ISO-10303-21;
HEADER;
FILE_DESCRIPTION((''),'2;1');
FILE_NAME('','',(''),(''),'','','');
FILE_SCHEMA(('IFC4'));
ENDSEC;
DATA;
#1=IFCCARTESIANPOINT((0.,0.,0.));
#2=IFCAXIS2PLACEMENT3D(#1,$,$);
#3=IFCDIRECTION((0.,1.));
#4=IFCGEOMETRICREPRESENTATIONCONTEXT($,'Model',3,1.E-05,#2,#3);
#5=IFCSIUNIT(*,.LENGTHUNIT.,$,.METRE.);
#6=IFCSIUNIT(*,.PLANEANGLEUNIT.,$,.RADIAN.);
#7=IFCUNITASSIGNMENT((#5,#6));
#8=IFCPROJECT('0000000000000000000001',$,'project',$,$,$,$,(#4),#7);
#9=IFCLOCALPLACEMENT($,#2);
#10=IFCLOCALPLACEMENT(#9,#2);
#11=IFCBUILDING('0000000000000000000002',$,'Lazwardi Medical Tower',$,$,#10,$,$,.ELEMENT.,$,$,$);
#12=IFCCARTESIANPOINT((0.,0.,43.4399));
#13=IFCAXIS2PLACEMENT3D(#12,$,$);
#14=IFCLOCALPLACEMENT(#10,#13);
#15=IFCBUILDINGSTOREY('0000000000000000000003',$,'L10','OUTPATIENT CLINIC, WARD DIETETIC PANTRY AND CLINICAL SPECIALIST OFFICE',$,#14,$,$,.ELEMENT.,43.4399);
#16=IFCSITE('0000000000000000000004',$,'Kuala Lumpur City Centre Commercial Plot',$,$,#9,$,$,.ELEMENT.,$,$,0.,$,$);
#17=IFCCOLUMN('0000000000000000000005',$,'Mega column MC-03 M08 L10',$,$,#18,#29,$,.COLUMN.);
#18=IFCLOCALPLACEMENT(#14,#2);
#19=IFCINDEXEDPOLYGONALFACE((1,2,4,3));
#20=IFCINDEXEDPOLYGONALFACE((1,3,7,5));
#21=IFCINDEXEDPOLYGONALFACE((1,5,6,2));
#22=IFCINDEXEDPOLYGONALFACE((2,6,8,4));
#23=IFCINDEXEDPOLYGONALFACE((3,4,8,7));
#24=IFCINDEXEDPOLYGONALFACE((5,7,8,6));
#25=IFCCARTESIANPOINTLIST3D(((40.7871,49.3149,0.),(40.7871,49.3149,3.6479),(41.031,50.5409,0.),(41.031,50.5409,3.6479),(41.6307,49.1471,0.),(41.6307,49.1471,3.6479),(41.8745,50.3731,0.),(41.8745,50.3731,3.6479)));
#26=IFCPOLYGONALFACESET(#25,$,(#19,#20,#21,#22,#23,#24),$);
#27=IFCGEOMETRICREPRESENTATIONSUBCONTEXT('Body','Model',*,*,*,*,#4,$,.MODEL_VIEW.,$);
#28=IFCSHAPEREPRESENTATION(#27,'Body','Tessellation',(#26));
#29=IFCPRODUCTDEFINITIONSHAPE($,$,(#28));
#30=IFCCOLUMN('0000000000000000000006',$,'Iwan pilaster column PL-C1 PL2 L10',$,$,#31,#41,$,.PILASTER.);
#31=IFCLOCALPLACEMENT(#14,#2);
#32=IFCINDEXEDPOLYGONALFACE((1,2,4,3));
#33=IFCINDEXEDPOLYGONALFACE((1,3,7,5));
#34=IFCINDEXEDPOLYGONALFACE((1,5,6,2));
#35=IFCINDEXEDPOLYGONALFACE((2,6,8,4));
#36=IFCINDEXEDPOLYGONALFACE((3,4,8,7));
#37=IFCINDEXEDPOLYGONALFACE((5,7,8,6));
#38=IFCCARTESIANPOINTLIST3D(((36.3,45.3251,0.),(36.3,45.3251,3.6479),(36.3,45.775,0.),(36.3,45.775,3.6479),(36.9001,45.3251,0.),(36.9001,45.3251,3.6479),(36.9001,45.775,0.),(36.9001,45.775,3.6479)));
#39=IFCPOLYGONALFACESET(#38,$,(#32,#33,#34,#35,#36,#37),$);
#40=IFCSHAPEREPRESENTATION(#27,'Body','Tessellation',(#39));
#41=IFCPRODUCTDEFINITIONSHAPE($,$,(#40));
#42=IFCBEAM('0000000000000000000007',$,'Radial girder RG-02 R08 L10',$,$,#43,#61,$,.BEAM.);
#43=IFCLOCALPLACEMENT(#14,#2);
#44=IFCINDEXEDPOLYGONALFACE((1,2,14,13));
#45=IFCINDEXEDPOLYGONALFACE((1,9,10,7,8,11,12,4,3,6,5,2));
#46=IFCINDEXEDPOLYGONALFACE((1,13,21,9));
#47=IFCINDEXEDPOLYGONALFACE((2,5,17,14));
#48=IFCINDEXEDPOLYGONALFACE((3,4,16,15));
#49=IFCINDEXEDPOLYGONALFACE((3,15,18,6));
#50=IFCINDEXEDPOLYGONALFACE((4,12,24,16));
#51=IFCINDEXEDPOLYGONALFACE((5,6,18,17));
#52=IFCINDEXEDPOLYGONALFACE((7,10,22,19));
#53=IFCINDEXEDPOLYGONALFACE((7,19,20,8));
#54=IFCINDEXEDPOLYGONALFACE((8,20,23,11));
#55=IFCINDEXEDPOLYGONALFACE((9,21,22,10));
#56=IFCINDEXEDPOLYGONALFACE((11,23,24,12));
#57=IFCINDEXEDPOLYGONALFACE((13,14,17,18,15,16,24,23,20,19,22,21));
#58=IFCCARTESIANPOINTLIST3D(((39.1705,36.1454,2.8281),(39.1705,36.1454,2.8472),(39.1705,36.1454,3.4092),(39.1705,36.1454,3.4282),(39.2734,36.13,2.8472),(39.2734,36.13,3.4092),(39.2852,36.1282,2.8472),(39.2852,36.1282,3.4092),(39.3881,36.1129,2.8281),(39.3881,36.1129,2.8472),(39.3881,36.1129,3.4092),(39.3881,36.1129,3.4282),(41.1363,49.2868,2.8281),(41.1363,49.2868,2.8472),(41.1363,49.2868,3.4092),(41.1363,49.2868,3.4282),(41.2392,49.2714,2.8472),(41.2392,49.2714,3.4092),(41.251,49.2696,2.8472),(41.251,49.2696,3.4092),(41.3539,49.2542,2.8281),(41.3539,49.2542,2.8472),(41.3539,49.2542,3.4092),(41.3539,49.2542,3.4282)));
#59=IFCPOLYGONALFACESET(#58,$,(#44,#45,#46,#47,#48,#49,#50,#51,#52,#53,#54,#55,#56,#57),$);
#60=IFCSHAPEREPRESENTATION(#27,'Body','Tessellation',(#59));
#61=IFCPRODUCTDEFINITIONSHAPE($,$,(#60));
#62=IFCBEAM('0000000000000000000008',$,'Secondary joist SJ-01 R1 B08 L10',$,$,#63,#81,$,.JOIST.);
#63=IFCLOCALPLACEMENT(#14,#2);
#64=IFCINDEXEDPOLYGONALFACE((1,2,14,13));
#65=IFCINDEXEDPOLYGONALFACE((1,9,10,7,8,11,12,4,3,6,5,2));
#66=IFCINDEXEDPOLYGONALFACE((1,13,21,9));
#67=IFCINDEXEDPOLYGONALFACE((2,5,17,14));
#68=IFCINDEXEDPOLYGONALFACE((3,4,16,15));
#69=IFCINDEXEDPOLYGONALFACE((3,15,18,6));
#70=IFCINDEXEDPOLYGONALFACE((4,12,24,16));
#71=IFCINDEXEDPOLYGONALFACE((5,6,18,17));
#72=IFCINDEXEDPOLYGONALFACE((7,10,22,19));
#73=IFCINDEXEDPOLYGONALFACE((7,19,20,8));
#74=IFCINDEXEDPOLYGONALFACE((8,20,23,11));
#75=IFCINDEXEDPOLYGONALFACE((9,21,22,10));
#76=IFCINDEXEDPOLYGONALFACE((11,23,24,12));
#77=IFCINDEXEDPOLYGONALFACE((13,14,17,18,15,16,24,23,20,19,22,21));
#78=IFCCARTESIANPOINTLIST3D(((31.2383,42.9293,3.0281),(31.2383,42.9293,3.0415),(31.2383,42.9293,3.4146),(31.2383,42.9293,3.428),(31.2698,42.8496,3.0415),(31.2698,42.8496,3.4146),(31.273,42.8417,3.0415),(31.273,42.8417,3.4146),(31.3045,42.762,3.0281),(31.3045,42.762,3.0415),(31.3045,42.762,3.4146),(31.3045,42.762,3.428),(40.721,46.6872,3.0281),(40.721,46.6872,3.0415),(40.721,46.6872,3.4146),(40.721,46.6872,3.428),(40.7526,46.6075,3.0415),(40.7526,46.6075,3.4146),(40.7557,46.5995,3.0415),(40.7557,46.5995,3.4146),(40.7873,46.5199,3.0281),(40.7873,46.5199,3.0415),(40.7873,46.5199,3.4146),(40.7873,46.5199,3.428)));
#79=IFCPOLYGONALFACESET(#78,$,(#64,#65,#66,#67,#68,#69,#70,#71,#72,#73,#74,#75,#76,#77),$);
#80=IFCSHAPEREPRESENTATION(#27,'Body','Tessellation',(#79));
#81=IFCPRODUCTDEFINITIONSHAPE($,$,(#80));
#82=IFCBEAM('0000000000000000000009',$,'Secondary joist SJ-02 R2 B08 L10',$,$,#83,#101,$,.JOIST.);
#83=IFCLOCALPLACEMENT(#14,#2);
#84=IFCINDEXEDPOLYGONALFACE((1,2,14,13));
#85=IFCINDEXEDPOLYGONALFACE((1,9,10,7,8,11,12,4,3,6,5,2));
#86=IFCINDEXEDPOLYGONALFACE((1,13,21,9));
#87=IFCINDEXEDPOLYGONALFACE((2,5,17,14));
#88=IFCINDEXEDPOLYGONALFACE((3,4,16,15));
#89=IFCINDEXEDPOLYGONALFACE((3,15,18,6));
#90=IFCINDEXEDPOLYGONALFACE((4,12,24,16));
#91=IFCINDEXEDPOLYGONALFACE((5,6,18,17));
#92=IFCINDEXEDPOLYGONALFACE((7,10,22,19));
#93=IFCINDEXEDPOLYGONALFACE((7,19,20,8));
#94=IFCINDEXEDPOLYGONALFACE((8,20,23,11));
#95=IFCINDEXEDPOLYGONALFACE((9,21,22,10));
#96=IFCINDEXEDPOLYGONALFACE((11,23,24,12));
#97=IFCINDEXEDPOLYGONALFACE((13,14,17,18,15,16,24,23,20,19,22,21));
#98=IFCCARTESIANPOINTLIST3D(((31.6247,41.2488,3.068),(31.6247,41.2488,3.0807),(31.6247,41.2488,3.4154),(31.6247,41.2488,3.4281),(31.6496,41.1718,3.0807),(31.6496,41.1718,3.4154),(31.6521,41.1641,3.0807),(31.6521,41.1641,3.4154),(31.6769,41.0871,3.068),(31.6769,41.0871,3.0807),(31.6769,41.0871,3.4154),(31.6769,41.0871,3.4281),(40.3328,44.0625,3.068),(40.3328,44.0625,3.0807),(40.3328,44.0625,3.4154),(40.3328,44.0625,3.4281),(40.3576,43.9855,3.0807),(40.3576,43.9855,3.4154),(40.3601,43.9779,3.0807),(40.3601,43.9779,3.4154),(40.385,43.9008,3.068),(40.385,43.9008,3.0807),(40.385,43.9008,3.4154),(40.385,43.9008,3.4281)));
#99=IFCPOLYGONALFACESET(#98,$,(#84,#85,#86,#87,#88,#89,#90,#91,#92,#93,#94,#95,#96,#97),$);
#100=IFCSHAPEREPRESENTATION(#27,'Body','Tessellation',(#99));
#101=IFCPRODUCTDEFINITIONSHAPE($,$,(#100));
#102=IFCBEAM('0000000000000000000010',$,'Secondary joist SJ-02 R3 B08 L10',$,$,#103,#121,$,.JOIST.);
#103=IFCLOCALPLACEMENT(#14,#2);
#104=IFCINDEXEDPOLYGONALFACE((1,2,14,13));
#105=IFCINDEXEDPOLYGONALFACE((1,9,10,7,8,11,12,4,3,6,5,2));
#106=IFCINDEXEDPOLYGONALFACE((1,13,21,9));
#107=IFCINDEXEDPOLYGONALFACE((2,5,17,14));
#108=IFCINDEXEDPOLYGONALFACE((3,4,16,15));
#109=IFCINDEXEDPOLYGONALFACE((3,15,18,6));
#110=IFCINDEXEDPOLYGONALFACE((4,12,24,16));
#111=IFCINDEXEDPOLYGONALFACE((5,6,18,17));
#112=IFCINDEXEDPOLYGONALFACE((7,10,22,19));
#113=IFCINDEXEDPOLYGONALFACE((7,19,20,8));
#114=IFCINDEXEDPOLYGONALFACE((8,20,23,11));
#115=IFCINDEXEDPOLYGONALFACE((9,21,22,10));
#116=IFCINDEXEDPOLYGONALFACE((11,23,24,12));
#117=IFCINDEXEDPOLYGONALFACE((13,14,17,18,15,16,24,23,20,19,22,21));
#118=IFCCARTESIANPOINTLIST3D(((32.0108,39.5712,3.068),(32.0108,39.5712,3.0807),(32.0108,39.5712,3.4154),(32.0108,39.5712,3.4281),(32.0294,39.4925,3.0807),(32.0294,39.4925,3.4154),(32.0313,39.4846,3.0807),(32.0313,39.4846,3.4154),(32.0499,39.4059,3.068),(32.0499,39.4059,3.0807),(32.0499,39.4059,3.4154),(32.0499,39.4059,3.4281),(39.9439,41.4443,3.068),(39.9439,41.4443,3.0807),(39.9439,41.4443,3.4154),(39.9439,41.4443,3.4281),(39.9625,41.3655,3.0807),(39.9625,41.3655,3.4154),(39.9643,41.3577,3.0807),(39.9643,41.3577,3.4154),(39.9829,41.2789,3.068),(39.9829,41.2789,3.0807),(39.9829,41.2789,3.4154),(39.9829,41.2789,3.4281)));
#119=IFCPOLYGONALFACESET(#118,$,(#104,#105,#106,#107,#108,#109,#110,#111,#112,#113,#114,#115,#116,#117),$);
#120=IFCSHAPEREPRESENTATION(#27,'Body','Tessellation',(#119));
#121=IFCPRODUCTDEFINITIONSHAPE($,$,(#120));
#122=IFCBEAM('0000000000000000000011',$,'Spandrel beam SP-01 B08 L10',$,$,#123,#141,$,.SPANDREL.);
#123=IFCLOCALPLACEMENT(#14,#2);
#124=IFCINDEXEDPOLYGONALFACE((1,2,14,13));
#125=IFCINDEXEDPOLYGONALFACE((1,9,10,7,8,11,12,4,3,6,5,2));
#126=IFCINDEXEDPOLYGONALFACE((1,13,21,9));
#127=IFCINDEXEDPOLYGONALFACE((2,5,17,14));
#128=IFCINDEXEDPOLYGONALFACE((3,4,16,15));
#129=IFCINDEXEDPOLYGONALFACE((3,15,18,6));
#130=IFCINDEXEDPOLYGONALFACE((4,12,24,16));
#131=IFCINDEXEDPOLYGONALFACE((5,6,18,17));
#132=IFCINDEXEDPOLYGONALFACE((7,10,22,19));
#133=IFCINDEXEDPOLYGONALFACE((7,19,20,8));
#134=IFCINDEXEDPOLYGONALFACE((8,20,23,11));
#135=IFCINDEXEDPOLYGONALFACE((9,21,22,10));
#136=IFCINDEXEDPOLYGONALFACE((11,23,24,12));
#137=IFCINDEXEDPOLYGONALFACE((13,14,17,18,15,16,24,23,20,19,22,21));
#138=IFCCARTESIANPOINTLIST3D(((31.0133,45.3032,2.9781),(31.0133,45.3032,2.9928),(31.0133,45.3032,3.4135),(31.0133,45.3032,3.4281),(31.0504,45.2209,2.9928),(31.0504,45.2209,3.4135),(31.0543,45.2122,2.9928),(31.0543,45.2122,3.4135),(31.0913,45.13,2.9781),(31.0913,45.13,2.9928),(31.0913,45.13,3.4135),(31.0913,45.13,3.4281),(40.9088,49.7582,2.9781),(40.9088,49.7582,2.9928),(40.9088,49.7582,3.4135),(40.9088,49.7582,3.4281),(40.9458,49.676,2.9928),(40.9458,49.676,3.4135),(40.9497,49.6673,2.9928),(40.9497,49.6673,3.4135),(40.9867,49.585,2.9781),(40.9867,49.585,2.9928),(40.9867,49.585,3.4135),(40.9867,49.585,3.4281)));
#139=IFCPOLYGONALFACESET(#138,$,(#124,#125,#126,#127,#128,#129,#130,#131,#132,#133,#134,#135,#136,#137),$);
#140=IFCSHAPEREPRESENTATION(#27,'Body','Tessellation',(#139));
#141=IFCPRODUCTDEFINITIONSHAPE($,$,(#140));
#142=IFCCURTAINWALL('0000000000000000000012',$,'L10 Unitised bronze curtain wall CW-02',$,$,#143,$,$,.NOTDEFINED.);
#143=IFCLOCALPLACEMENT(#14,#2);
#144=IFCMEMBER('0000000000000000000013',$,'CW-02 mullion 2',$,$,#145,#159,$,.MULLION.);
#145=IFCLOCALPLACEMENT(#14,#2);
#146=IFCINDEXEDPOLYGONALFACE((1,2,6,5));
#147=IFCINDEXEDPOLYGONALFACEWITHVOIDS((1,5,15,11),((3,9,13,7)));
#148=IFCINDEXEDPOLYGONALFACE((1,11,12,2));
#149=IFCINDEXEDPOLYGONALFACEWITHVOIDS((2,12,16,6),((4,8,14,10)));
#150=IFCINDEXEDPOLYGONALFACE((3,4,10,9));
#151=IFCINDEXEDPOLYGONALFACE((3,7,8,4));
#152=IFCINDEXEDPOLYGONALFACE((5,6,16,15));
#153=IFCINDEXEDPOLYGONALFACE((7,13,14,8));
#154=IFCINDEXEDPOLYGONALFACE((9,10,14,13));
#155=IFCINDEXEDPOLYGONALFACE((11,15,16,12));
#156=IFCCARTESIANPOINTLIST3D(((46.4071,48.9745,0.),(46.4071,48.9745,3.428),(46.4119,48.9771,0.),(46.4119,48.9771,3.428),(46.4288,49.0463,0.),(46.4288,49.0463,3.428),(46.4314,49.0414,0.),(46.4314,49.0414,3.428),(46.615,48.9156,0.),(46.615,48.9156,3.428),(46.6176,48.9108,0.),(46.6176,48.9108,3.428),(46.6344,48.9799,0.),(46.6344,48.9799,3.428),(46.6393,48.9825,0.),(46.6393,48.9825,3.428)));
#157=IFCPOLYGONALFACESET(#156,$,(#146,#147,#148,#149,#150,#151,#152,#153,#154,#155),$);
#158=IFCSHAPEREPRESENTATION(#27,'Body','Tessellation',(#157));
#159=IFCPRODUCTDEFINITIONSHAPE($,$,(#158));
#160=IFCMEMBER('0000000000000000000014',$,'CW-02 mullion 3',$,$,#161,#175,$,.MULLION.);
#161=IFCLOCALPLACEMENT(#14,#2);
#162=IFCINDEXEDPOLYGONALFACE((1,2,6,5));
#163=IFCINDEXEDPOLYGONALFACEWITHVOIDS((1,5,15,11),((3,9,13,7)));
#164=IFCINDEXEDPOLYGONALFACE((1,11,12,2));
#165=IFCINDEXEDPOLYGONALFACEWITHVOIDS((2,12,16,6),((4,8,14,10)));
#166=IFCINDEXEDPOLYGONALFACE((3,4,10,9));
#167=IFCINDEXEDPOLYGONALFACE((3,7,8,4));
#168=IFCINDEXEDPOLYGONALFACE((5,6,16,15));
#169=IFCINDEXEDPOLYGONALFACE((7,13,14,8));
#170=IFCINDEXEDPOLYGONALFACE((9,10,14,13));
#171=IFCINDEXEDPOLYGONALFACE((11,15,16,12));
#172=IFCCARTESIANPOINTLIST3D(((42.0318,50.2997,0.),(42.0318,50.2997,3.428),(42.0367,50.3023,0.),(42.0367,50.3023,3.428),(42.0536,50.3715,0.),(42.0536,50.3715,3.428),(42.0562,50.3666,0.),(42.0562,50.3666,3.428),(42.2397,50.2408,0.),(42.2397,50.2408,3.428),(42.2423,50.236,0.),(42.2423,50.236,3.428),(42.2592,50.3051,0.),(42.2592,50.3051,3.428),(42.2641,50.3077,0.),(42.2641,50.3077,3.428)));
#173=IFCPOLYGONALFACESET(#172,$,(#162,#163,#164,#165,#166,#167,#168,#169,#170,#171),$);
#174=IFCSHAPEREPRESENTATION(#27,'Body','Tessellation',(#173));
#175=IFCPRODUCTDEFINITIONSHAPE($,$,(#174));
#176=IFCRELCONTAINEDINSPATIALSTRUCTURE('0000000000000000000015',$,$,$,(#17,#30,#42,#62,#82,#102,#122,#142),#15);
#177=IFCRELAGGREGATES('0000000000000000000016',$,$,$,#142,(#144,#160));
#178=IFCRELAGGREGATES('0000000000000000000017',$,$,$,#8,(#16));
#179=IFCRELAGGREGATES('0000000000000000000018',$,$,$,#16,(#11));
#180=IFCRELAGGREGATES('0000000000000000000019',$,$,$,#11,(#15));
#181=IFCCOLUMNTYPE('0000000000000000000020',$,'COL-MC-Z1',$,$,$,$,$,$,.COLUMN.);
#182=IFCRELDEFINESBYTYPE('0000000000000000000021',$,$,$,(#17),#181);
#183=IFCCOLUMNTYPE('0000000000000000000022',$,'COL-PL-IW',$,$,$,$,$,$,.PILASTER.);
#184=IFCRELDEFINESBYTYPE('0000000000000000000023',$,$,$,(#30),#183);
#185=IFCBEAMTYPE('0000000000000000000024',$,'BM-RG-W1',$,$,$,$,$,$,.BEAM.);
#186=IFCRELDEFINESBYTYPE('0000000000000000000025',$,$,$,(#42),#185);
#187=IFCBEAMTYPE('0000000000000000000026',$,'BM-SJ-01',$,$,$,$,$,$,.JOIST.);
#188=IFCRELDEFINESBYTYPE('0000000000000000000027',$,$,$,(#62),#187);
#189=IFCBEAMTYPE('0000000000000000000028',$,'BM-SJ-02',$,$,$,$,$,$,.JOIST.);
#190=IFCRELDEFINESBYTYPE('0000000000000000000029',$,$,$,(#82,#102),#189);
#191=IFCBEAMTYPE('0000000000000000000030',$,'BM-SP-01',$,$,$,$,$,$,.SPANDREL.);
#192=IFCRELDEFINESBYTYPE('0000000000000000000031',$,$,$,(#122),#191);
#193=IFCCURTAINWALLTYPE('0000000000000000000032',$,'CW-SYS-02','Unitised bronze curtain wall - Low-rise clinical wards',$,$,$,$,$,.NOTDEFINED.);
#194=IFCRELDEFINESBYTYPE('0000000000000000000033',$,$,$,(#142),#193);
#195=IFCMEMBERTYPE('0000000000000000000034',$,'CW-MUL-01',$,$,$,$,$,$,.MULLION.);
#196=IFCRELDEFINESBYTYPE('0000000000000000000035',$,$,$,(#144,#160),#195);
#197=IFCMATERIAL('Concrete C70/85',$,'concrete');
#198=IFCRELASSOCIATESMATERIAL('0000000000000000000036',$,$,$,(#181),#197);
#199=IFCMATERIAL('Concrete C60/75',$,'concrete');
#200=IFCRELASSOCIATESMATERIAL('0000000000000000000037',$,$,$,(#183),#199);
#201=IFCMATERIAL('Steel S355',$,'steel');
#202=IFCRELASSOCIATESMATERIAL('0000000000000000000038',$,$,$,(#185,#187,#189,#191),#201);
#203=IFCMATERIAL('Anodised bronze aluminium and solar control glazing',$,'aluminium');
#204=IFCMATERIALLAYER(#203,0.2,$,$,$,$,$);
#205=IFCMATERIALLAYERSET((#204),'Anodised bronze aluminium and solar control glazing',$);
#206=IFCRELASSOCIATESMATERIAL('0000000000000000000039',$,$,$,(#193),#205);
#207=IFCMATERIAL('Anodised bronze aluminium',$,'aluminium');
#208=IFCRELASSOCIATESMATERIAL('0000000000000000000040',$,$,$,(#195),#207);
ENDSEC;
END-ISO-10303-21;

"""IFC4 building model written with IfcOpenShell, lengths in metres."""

from ifc_helpers import new_model, si_unit, direction, frame, origin, origin_2d, place, context, subcontext, project, spatial, rectangle, hollow_rectangle, i_section, extrude, material, layer, layer_set, material_profile, profile_set, type_object, element, aggregate, save


model = new_model("IFC4")

# Units and contexts
model_context = context("Model", 3, precision=1e-05, world=origin(), true_north=direction((0.0, 1.0)))
body_context = subcontext(model_context, "Body", "Model", "MODEL_VIEW")
ifc_project = project(units=[si_unit("LENGTHUNIT", "METRE"), si_unit("PLANEANGLEUNIT", "RADIAN")], contexts=[model_context])

# Site, building, storey
site_placement = place(None, origin())
site = spatial("IfcSite", under=ifc_project, at=site_placement, Name="Kuala Lumpur City Centre Commercial Plot", CompositionType="ELEMENT", RefElevation=0.0)
building_placement = place(site_placement, origin())
building = spatial("IfcBuilding", under=site, at=building_placement, Name="Lazwardi Medical Tower", CompositionType="ELEMENT")
storey_placement = place(building_placement, frame((0.0, 0.0, 43.4399)))
storey = spatial("IfcBuildingStorey", under=building, at=storey_placement, Name="L10", Description="OUTPATIENT CLINIC, WARD DIETETIC PANTRY AND CLINICAL SPECIALIST OFFICE", CompositionType="ELEMENT", Elevation=43.4399)

# Columns
ifc_material_1 = material(Name="Concrete C70/85", Category="concrete")
ifc_material_profile_1 = material_profile(ifc_material_1, rectangle(XDim=1.25, YDim=0.8601, at=origin_2d()), Name="CFT-RECT 1250x860")
ifc_profile_set_1 = profile_set([ifc_material_profile_1], Name="Concrete C70/85")
column_type_1 = type_object("IfcColumnType", Name="COL-MC-Z1", PredefinedType="COLUMN", material=ifc_profile_set_1)
column_1_placement = place(storey_placement, frame((41.3308, 49.844, 0.0), z_axis=(0.0, 0.0, 1.0), x_axis=(0.19509, 0.980785, 0.0)))
element("IfcColumn", 1, at=column_1_placement, inside=storey, type_object=column_type_1, Name="Mega column MC-03 M08 L10", PredefinedType="COLUMN", context=body_context, shape_type="SweptSolid", body=[
    extrude(rectangle(XDim=1.25, YDim=0.8601, at=origin_2d()), origin(), (0.0, 0.0, 1.0), 3.6479),
])
ifc_material_2 = material(Name="Concrete C60/75", Category="concrete")
ifc_material_profile_2 = material_profile(ifc_material_2, rectangle(XDim=0.6001, YDim=0.45, at=origin_2d()), Name="RC 600x450")
ifc_profile_set_2 = profile_set([ifc_material_profile_2], Name="Concrete C60/75")
column_type_2 = type_object("IfcColumnType", Name="COL-PL-IW", PredefinedType="PILASTER", material=ifc_profile_set_2)
column_2_placement = place(storey_placement, frame((36.6001, 45.55, 0.0), z_axis=(0.0, 0.0, 1.0), x_axis=(1.0, 0.0, 0.0)))
element("IfcColumn", 2, at=column_2_placement, inside=storey, type_object=column_type_2, Name="Iwan pilaster column PL-C1 PL2 L10", PredefinedType="PILASTER", context=body_context, shape_type="SweptSolid", body=[
    extrude(rectangle(XDim=0.6001, YDim=0.45, at=origin_2d()), origin(), (0.0, 0.0, 1.0), 3.6479),
])

# Beams
ifc_material_3 = material(Name="Steel S355", Category="steel")
ifc_material_profile_3 = material_profile(ifc_material_3, i_section(OverallWidth=0.22, OverallDepth=0.6001, WebThickness=0.012, FlangeThickness=0.019, at=origin_2d()), Name="IPE 600")
ifc_profile_set_3 = profile_set([ifc_material_profile_3], Name="Steel S355")
beam_type_1 = type_object("IfcBeamType", Name="BM-RG-W1", PredefinedType="BEAM", material=ifc_profile_set_3)
beam_1_placement = place(storey_placement, frame((41.2451, 49.2705, 3.1282), z_axis=(-0.147944, -0.988996, 0.0), x_axis=(0.988996, -0.147944, 0.0)))
element("IfcBeam", 3, at=beam_1_placement, inside=storey, type_object=beam_type_1, Name="Radial girder RG-02 R08 L10", PredefinedType="BEAM", context=body_context, shape_type="SweptSolid", body=[
    extrude(i_section(OverallWidth=0.22, OverallDepth=0.6001, WebThickness=0.012, FlangeThickness=0.019, at=origin_2d()), origin(), (0.0, 0.0, 1.0), 13.2876),
])
ifc_material_profile_4 = material_profile(ifc_material_3, i_section(OverallWidth=0.1799, OverallDepth=0.3999, WebThickness=0.0085, FlangeThickness=0.0134, at=origin_2d()), Name="IPE 400")
ifc_profile_set_4 = profile_set([ifc_material_profile_4], Name="Steel S355")
beam_type_2 = type_object("IfcBeamType", Name="BM-SJ-01", PredefinedType="JOIST", material=ifc_profile_set_4)
beam_2_placement = place(storey_placement, frame((40.7542, 46.6035, 3.228), z_axis=(-0.929664, -0.368409, 0.0), x_axis=(0.368409, -0.929664, 0.0)))
element("IfcBeam", 4, at=beam_2_placement, inside=storey, type_object=beam_type_2, Name="Secondary joist SJ-01 R1 B08 L10", PredefinedType="JOIST", context=body_context, shape_type="SweptSolid", body=[
    extrude(i_section(OverallWidth=0.1799, OverallDepth=0.3999, WebThickness=0.0085, FlangeThickness=0.0134, at=origin_2d()), origin(), (0.0, 0.0, 1.0), 10.2002),
])
ifc_material_profile_5 = material_profile(ifc_material_3, i_section(OverallWidth=0.1699, OverallDepth=0.3601, WebThickness=0.0081, FlangeThickness=0.0127, at=origin_2d()), Name="IPE 360")
ifc_profile_set_5 = profile_set([ifc_material_profile_5], Name="Steel S355")
beam_type_3 = type_object("IfcBeamType", Name="BM-SJ-02", PredefinedType="JOIST", material=ifc_profile_set_5)
beam_3_placement = place(storey_placement, frame((40.3589, 43.9817, 3.248), z_axis=(-0.951559, -0.307467, 0.0), x_axis=(0.307467, -0.951559, 0.0)))
element("IfcBeam", 5, at=beam_3_placement, inside=storey, type_object=beam_type_3, Name="Secondary joist SJ-02 R2 B08 L10", PredefinedType="JOIST", context=body_context, shape_type="SweptSolid", body=[
    extrude(i_section(OverallWidth=0.1699, OverallDepth=0.3601, WebThickness=0.0081, FlangeThickness=0.0127, at=origin_2d()), origin(), (0.0, 0.0, 1.0), 9.1514),
])
beam_4_placement = place(storey_placement, frame((39.9634, 41.3616, 3.248), z_axis=(-0.973241, -0.229787, 0.0), x_axis=(0.229787, -0.973241, 0.0)))
element("IfcBeam", 6, at=beam_4_placement, inside=storey, type_object=beam_type_3, Name="Secondary joist SJ-02 R3 B08 L10", PredefinedType="JOIST", context=body_context, shape_type="SweptSolid", body=[
    extrude(i_section(OverallWidth=0.1699, OverallDepth=0.3601, WebThickness=0.0081, FlangeThickness=0.0127, at=origin_2d()), origin(), (0.0, 0.0, 1.0), 8.1511),
])
ifc_material_profile_6 = material_profile(ifc_material_3, i_section(OverallWidth=0.1899, OverallDepth=0.45, WebThickness=0.0095, FlangeThickness=0.0146, at=origin_2d()), Name="IPE 450")
ifc_profile_set_6 = profile_set([ifc_material_profile_6], Name="Steel S355")
beam_type_4 = type_object("IfcBeamType", Name="BM-SP-01", PredefinedType="SPANDREL", material=ifc_profile_set_6)
beam_5_placement = place(storey_placement, frame((40.9478, 49.6716, 3.2031), z_axis=(-0.911849, -0.410526, 0.0), x_axis=(0.410526, -0.911849, 0.0)))
element("IfcBeam", 7, at=beam_5_placement, inside=storey, type_object=beam_type_4, Name="Spandrel beam SP-01 B08 L10", PredefinedType="SPANDREL", context=body_context, shape_type="SweptSolid", body=[
    extrude(i_section(OverallWidth=0.1899, OverallDepth=0.45, WebThickness=0.0095, FlangeThickness=0.0146, at=origin_2d()), origin(), (0.0, 0.0, 1.0), 10.8521),
])

# Curtain wall, members
ifc_material_4 = material(Name="Anodised bronze aluminium and solar control glazing", Category="aluminium")
ifc_layer_1 = layer(ifc_material_4, 0.2)
ifc_layer_set_1 = layer_set([ifc_layer_1], Name="Anodised bronze aluminium and solar control glazing")
curtain_wall_type_1 = type_object("IfcCurtainWallType", Name="CW-SYS-02", Description="Unitised bronze curtain wall - Low-rise clinical wards", PredefinedType="NOTDEFINED", material=ifc_layer_set_1)
curtain_wall_1_placement = place(storey_placement, origin())
curtain_wall_1 = element("IfcCurtainWall", 8, at=curtain_wall_1_placement, inside=storey, type_object=curtain_wall_type_1, Name="L10 Unitised bronze curtain wall CW-02", PredefinedType="NOTDEFINED")
ifc_material_5 = material(Name="Anodised bronze aluminium", Category="aluminium")
ifc_material_profile_7 = material_profile(ifc_material_5, hollow_rectangle(XDim=0.075, YDim=0.22, WallThickness=0.0039, at=origin_2d()), Name="ALU-MULLION 220x75x4")
ifc_profile_set_7 = profile_set([ifc_material_profile_7], Name="Anodised bronze aluminium")
member_type_1 = type_object("IfcMemberType", Name="CW-MUL-01", PredefinedType="MULLION", material=ifc_profile_set_7)
member_1_placement = place(storey_placement, frame((46.5232, 48.9785, 0.0), z_axis=(0.0, 0.0, 1.0), x_axis=(-0.289896, -0.957058, 0.0)))
member_1 = element("IfcMember", 9, at=member_1_placement, type_object=member_type_1, Name="CW-02 mullion 2", PredefinedType="MULLION", context=body_context, shape_type="SweptSolid", body=[
    extrude(hollow_rectangle(XDim=0.075, YDim=0.22, WallThickness=0.0039, at=origin_2d()), origin(), (0.0, 0.0, 1.0), 3.428),
])
member_2_placement = place(storey_placement, frame((42.1479, 50.3037, 0.0), z_axis=(0.0, 0.0, 1.0), x_axis=(-0.289896, -0.957058, 0.0)))
member_2 = element("IfcMember", 10, at=member_2_placement, type_object=member_type_1, Name="CW-02 mullion 3", PredefinedType="MULLION", context=body_context, shape_type="SweptSolid", body=[
    extrude(hollow_rectangle(XDim=0.075, YDim=0.22, WallThickness=0.0039, at=origin_2d()), origin(), (0.0, 0.0, 1.0), 3.428),
])

aggregate(curtain_wall_1, [member_1, member_2])

save(model, "model.ifc")
